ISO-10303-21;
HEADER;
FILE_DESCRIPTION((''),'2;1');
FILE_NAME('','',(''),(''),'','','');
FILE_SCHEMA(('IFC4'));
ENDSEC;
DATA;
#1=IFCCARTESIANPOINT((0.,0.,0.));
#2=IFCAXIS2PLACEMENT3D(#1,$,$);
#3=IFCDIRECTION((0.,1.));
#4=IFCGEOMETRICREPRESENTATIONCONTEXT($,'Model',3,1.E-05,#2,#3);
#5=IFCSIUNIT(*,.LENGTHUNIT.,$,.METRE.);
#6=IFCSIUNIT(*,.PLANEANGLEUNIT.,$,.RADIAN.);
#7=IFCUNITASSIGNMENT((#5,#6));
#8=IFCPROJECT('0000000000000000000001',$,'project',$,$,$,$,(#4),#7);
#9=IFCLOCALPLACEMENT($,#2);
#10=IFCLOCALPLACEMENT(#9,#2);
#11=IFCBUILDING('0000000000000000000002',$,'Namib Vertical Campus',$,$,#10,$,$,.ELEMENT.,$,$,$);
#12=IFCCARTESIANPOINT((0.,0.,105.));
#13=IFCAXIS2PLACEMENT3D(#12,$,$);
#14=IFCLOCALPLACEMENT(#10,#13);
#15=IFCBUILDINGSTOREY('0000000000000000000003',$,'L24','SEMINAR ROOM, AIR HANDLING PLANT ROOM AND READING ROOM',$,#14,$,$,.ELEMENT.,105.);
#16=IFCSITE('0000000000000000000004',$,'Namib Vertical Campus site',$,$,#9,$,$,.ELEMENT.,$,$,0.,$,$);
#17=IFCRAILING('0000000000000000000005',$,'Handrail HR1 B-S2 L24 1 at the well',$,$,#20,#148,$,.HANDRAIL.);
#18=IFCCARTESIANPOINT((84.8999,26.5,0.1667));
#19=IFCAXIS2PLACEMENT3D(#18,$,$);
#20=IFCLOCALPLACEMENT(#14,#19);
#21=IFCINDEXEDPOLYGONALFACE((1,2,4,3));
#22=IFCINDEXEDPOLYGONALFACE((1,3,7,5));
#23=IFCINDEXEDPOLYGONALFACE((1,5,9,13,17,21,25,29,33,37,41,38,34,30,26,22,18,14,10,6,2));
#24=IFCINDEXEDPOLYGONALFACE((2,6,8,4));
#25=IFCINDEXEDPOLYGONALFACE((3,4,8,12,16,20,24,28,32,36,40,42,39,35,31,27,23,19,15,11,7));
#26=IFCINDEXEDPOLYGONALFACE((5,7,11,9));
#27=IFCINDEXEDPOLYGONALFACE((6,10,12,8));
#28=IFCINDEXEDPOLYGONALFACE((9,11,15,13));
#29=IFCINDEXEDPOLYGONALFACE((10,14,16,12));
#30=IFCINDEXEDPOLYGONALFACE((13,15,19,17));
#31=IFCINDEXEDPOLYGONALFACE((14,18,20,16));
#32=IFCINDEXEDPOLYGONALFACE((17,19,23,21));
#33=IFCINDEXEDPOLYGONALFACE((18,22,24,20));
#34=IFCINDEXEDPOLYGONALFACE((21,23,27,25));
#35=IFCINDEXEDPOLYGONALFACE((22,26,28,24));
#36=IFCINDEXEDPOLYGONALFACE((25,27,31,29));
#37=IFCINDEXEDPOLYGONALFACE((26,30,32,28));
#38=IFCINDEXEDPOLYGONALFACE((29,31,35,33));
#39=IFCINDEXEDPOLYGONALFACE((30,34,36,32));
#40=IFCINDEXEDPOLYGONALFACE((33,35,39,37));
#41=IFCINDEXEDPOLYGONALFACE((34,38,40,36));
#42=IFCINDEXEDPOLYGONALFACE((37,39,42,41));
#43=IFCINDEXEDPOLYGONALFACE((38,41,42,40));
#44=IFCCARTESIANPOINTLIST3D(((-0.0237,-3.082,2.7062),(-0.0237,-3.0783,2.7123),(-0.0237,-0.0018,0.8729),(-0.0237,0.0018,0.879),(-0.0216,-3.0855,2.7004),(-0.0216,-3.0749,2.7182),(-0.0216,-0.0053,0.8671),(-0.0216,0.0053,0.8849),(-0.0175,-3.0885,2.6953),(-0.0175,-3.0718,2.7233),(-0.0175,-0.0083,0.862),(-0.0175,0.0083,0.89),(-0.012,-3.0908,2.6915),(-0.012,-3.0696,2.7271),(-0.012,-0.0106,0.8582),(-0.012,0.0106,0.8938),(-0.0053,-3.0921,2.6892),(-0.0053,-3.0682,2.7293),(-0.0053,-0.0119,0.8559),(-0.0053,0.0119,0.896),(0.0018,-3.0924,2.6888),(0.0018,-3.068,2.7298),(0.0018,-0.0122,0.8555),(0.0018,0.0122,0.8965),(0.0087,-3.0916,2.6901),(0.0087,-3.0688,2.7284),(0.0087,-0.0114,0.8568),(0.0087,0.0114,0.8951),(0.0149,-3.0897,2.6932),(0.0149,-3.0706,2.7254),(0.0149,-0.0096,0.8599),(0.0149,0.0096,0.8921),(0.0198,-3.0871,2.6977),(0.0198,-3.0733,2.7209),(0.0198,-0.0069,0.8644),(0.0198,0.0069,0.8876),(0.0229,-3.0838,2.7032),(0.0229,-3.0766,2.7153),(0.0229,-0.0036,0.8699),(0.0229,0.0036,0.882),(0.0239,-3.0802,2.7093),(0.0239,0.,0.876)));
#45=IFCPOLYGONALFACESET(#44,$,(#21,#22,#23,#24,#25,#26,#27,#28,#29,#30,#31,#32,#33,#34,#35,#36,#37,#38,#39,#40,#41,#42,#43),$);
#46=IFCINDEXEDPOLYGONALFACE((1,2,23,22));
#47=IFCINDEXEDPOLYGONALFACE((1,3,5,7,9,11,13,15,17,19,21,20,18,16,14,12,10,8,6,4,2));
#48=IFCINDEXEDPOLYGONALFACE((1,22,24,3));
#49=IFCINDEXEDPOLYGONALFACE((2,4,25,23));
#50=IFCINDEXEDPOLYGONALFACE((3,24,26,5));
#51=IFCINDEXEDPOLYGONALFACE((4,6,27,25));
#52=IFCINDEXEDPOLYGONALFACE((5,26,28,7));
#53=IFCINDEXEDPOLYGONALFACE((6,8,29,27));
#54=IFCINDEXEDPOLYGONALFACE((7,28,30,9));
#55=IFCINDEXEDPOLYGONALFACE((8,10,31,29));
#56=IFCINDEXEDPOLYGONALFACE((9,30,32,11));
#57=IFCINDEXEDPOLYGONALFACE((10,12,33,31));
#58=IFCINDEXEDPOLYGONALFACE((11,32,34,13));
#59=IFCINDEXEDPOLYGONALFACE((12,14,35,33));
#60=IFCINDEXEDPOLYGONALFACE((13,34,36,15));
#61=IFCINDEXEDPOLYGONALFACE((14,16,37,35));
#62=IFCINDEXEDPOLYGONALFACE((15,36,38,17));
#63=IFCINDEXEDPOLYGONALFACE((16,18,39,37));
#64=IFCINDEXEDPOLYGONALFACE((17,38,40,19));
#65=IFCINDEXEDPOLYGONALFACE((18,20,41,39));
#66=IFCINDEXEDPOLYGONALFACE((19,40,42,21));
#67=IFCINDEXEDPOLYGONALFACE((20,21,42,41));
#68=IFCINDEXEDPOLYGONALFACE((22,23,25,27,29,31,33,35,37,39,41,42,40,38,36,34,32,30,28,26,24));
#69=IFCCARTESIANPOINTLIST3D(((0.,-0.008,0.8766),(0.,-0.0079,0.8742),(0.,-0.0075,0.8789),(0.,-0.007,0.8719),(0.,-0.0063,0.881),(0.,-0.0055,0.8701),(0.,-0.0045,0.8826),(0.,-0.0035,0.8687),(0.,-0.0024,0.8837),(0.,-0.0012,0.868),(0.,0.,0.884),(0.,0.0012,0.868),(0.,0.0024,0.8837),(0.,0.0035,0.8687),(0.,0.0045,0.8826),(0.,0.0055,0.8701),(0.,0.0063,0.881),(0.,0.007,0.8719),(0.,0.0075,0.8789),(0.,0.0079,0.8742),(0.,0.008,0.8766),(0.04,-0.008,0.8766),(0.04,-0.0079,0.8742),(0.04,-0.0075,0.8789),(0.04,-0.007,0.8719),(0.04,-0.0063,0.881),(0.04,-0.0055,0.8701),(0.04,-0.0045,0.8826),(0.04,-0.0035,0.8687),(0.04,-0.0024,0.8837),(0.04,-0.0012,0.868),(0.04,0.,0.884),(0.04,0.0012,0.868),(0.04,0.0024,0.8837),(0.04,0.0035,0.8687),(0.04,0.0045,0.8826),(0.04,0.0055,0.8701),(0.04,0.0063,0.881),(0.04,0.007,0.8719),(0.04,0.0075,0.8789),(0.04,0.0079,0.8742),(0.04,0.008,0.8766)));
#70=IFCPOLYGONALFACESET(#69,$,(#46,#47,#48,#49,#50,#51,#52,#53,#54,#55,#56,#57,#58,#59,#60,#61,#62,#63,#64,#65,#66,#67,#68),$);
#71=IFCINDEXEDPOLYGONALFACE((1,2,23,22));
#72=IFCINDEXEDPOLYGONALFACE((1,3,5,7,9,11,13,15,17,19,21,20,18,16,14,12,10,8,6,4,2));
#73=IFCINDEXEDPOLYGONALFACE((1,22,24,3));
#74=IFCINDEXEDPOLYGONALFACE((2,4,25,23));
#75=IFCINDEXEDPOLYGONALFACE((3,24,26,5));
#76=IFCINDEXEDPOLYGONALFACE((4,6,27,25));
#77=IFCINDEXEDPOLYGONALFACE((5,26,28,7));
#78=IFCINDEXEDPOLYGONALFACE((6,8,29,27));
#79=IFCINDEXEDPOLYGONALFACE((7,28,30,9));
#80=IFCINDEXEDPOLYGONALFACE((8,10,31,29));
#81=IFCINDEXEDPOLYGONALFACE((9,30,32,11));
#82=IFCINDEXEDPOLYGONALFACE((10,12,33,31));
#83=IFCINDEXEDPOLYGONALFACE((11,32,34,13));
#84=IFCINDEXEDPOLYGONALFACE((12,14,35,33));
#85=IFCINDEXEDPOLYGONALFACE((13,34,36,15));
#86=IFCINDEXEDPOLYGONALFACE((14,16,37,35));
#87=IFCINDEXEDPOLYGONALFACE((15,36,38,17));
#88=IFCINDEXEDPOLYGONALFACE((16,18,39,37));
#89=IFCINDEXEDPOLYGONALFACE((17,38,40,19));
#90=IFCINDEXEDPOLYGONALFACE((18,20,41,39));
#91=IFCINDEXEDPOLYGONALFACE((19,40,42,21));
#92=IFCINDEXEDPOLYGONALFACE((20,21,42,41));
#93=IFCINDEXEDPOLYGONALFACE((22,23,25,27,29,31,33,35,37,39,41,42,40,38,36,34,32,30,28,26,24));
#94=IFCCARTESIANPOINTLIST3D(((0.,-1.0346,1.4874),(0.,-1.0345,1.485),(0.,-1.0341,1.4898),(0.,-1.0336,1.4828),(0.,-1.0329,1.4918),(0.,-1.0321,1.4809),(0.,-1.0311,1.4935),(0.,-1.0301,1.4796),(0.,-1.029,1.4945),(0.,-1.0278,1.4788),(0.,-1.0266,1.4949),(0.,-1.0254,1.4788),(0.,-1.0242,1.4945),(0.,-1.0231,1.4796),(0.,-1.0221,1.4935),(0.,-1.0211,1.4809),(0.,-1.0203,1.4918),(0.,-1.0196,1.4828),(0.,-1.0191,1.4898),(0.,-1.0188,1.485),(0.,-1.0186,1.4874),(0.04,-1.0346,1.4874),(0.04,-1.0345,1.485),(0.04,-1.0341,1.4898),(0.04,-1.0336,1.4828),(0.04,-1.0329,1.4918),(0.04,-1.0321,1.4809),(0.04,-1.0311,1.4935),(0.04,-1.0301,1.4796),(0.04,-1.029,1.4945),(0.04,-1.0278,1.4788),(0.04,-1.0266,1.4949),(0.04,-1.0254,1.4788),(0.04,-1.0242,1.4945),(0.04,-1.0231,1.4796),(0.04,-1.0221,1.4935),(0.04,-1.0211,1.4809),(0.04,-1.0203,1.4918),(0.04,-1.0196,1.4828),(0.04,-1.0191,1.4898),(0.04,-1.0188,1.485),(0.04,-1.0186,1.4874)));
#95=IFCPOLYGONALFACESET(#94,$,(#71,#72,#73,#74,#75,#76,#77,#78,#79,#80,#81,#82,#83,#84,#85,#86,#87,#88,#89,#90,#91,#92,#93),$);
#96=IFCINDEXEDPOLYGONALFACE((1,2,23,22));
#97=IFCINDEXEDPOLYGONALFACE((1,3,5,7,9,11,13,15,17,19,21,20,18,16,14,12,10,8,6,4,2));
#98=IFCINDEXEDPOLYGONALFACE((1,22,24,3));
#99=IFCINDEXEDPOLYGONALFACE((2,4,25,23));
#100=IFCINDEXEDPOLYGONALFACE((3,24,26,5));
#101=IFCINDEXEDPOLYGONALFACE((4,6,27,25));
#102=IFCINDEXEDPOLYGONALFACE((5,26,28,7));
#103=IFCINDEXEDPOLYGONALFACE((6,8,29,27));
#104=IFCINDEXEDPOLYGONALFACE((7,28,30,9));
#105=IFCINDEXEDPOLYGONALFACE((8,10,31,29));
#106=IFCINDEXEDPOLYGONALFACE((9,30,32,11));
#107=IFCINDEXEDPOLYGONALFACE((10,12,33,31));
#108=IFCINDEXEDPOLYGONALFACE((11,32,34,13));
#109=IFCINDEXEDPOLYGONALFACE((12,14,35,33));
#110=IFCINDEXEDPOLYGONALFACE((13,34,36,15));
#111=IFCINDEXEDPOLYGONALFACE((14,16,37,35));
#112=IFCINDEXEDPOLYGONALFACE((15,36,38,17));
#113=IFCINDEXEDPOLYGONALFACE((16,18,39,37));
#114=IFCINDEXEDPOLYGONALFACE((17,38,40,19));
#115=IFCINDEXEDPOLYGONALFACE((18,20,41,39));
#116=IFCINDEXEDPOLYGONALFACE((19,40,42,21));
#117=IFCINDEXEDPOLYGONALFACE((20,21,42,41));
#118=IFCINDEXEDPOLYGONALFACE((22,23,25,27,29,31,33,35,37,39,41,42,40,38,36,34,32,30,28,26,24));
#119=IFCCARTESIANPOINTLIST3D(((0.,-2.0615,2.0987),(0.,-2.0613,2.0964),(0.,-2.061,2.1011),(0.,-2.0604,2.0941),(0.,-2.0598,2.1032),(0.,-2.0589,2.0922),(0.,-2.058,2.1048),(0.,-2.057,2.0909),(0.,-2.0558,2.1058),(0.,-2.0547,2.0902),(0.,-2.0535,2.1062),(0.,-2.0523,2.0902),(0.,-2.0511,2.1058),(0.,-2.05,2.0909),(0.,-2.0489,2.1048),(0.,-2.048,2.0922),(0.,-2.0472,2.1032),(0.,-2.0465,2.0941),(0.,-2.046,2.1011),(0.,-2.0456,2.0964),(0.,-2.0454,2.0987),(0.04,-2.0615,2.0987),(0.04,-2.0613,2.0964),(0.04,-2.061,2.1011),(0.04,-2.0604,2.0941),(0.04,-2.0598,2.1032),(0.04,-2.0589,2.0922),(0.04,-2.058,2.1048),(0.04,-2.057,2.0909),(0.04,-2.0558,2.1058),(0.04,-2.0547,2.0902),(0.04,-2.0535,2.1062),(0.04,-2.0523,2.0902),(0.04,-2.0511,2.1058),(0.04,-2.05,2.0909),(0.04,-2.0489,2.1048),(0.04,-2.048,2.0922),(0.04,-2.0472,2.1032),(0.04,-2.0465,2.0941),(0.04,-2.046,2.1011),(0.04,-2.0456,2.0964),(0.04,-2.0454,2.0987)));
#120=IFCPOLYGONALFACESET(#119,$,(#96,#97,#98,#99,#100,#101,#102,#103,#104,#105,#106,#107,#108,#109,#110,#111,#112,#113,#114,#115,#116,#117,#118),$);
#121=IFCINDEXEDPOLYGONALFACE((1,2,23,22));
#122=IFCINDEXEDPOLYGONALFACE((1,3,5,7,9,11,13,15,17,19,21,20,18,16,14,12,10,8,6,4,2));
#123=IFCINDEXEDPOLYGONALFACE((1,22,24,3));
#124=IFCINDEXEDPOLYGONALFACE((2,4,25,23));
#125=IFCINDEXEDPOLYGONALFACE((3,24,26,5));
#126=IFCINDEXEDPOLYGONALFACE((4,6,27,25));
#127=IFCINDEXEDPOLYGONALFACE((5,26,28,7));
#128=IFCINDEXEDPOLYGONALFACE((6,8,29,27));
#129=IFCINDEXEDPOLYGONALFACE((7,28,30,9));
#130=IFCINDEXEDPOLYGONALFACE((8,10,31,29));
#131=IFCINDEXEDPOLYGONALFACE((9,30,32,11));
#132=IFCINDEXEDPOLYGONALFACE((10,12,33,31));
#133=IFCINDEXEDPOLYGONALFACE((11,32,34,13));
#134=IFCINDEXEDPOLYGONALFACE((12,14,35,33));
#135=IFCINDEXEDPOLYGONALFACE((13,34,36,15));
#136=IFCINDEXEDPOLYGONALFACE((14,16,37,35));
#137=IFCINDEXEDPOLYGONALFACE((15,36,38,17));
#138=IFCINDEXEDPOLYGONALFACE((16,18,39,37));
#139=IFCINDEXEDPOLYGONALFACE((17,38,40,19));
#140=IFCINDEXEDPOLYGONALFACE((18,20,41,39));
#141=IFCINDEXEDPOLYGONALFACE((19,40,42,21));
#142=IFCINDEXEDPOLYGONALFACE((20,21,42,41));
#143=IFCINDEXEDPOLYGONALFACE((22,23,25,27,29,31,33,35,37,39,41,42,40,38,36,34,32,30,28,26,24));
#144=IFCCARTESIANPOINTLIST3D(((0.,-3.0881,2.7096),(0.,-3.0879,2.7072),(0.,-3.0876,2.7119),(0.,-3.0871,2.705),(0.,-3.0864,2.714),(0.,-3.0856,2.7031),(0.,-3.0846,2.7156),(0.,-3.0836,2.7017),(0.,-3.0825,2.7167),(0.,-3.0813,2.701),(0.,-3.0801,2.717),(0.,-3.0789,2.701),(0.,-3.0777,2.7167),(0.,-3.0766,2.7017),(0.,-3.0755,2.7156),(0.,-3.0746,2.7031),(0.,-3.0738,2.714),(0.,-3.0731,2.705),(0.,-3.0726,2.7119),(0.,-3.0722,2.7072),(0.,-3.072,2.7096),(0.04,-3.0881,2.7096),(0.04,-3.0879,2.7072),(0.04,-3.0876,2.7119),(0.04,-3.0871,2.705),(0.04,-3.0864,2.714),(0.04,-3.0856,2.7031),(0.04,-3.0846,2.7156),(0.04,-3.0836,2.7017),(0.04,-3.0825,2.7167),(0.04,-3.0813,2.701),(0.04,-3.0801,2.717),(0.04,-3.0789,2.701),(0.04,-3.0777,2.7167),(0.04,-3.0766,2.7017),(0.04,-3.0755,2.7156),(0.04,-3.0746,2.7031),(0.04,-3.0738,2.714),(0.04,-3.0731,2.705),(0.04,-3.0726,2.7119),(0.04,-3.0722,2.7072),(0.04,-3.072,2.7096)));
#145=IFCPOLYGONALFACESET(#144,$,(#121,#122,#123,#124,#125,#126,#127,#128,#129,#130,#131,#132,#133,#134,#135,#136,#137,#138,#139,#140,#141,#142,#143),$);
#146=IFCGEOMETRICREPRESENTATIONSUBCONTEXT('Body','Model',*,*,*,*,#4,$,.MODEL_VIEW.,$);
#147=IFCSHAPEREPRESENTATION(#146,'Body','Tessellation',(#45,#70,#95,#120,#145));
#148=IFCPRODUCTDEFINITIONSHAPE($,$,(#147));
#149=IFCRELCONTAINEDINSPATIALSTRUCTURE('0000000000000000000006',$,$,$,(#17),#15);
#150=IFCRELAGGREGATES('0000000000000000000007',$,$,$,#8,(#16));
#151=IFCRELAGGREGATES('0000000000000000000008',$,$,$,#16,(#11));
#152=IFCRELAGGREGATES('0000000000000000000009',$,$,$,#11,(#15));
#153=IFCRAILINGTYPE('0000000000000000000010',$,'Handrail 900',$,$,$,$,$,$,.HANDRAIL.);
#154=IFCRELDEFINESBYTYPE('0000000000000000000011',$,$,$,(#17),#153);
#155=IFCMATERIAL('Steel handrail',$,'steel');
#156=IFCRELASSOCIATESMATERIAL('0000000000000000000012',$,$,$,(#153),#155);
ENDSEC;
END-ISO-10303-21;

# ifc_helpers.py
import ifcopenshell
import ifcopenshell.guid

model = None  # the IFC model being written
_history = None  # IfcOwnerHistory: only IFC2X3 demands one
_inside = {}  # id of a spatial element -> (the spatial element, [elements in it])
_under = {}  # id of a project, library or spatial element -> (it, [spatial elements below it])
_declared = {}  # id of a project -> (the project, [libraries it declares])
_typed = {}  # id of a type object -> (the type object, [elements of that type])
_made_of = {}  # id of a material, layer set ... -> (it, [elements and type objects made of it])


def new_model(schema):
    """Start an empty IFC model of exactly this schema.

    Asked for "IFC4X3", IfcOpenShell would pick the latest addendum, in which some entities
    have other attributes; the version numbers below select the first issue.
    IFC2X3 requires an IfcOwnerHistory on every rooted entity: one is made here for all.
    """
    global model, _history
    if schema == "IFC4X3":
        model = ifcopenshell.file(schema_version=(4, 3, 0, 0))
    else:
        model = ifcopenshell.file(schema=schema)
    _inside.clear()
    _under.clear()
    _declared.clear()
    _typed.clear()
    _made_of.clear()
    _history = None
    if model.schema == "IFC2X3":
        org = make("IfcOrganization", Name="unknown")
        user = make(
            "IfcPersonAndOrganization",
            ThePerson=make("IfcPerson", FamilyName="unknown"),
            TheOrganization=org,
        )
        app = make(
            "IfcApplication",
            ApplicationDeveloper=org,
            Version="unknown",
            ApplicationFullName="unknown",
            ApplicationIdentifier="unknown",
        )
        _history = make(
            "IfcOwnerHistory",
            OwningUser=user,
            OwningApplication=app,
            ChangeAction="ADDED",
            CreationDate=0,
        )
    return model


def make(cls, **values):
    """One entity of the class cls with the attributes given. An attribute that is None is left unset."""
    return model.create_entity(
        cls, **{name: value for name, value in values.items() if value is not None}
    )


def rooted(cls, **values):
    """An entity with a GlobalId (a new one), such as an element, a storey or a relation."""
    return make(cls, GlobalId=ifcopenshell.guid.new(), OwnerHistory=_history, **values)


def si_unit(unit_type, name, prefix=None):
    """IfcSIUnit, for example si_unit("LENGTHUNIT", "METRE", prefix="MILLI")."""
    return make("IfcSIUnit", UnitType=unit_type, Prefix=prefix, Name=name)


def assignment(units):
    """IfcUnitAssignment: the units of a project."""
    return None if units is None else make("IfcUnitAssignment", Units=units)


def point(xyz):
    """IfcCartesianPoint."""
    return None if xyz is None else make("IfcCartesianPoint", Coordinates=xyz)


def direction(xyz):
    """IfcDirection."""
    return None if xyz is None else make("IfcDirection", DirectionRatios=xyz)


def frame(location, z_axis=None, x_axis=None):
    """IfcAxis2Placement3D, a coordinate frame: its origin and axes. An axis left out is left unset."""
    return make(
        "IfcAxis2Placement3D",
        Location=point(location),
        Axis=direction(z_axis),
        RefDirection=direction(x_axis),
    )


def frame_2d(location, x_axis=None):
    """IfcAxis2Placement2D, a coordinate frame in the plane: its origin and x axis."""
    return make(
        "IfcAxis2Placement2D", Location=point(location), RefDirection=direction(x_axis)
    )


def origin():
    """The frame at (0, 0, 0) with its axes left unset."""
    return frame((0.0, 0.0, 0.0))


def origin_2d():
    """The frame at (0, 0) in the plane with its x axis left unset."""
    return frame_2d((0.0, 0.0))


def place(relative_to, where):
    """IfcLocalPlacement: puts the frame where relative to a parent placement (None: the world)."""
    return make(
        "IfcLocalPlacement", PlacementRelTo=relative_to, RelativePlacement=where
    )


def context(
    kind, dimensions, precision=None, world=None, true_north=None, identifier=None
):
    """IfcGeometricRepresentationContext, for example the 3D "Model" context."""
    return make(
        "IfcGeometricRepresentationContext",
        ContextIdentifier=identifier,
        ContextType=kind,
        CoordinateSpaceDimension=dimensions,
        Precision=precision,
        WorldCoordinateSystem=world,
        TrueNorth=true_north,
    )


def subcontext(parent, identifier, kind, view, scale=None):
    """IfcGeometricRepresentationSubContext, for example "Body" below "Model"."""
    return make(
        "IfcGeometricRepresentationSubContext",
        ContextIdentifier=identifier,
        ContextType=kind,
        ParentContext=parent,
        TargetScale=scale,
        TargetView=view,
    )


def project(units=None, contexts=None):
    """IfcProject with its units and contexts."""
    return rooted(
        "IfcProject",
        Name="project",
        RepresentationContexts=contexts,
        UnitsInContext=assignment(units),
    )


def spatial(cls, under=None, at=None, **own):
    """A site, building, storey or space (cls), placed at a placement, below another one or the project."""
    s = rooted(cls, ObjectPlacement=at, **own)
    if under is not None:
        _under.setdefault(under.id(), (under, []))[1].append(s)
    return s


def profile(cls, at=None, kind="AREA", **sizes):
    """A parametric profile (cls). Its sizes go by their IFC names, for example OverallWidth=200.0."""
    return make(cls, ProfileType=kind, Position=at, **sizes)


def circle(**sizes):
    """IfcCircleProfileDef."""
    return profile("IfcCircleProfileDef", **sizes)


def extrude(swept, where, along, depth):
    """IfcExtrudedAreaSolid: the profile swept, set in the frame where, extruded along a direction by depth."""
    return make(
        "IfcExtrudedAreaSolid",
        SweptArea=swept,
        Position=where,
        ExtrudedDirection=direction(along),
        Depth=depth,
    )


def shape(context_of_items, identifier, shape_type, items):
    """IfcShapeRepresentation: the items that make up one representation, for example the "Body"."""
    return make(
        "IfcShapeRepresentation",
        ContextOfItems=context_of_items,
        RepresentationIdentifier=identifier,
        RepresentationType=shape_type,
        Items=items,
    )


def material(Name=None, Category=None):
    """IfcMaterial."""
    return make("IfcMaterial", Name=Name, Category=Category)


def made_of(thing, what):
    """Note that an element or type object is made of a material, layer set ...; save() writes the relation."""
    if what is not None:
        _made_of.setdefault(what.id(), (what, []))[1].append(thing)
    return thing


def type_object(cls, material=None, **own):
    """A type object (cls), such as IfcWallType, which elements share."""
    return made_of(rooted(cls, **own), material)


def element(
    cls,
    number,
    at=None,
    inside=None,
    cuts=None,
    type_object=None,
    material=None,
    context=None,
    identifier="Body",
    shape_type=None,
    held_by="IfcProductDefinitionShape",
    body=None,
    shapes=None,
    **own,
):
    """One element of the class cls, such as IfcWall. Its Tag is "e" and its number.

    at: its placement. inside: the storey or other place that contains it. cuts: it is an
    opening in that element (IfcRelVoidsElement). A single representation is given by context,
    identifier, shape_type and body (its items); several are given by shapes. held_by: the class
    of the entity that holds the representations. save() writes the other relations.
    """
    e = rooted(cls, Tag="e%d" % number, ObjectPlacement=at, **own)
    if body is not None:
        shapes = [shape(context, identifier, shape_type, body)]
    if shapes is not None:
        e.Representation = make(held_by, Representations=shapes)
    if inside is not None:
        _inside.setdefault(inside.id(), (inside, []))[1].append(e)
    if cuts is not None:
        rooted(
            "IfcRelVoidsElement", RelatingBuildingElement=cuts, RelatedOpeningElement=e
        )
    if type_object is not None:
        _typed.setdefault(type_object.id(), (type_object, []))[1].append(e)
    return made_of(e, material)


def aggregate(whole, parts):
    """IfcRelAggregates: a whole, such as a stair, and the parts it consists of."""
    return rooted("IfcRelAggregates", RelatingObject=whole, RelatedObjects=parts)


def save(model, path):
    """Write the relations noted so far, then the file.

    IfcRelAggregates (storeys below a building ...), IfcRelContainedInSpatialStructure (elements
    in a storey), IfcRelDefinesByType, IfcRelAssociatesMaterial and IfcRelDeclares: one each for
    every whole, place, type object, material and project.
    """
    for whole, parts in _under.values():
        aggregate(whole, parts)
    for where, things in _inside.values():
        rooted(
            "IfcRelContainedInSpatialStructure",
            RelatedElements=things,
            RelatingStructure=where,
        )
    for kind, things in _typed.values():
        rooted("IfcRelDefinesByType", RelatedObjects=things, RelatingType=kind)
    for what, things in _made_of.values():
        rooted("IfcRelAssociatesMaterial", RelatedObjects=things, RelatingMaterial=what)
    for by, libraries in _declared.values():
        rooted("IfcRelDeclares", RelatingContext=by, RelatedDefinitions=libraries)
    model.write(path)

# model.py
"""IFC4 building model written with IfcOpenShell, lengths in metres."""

from ifc_helpers import new_model, si_unit, direction, frame, origin, origin_2d, place, context, subcontext, project, spatial, circle, extrude, material, type_object, element, save


model = new_model("IFC4")

# Units and contexts
model_context = context("Model", 3, precision=1e-05, world=origin(), true_north=direction((0.0, 1.0)))
body_context = subcontext(model_context, "Body", "Model", "MODEL_VIEW")
ifc_project = project(units=[si_unit("LENGTHUNIT", "METRE"), si_unit("PLANEANGLEUNIT", "RADIAN")], contexts=[model_context])

# Site, building, storey
site_placement = place(None, origin())
site = spatial("IfcSite", under=ifc_project, at=site_placement, Name="Namib Vertical Campus site", CompositionType="ELEMENT", RefElevation=0.0)
building_placement = place(site_placement, origin())
building = spatial("IfcBuilding", under=site, at=building_placement, Name="Namib Vertical Campus", CompositionType="ELEMENT")
storey_placement = place(building_placement, frame((0.0, 0.0, 105.0)))
storey = spatial("IfcBuildingStorey", under=building, at=storey_placement, Name="L24", Description="SEMINAR ROOM, AIR HANDLING PLANT ROOM AND READING ROOM", CompositionType="ELEMENT", Elevation=105.0)

# Railing
ifc_material_1 = material(Name="Steel handrail", Category="steel")
railing_type_1 = type_object("IfcRailingType", Name="Handrail 900", PredefinedType="HANDRAIL", material=ifc_material_1)
railing_1_placement = place(storey_placement, frame((84.8999, 26.5, 0.1667)))
element("IfcRailing", 1, at=railing_1_placement, inside=storey, type_object=railing_type_1, Name="Handrail HR1 B-S2 L24 1 at the well", PredefinedType="HANDRAIL", context=body_context, shape_type="SweptSolid", body=[
    extrude(circle(Radius=0.0239, at=origin_2d()), frame((0.0, 0.0, 0.876), z_axis=(0.0, -0.859309, 0.511458), x_axis=(1.0, 0.0, 0.0)), (0.0, 0.0, 1.0), 3.5845),
    extrude(circle(Radius=0.0081, at=origin_2d()), frame((0.0, 0.0, 0.876), z_axis=(1.0, 0.0, 0.0), x_axis=(0.0, 0.0, 1.0)), (0.0, 0.0, 1.0), 0.04),
    extrude(circle(Radius=0.0081, at=origin_2d()), frame((0.0, -1.0266, 1.4868), z_axis=(1.0, 0.0, 0.0), x_axis=(0.0, 0.0, 1.0)), (0.0, 0.0, 1.0), 0.04),
    extrude(circle(Radius=0.0081, at=origin_2d()), frame((0.0, -2.0535, 2.0981), z_axis=(1.0, 0.0, 0.0), x_axis=(0.0, 0.0, 1.0)), (0.0, 0.0, 1.0), 0.04),
    extrude(circle(Radius=0.0081, at=origin_2d()), frame((0.0, -3.0801, 2.709), z_axis=(1.0, 0.0, 0.0), x_axis=(0.0, 0.0, 1.0)), (0.0, 0.0, 1.0), 0.04),
])

save(model, "model.ifc")
